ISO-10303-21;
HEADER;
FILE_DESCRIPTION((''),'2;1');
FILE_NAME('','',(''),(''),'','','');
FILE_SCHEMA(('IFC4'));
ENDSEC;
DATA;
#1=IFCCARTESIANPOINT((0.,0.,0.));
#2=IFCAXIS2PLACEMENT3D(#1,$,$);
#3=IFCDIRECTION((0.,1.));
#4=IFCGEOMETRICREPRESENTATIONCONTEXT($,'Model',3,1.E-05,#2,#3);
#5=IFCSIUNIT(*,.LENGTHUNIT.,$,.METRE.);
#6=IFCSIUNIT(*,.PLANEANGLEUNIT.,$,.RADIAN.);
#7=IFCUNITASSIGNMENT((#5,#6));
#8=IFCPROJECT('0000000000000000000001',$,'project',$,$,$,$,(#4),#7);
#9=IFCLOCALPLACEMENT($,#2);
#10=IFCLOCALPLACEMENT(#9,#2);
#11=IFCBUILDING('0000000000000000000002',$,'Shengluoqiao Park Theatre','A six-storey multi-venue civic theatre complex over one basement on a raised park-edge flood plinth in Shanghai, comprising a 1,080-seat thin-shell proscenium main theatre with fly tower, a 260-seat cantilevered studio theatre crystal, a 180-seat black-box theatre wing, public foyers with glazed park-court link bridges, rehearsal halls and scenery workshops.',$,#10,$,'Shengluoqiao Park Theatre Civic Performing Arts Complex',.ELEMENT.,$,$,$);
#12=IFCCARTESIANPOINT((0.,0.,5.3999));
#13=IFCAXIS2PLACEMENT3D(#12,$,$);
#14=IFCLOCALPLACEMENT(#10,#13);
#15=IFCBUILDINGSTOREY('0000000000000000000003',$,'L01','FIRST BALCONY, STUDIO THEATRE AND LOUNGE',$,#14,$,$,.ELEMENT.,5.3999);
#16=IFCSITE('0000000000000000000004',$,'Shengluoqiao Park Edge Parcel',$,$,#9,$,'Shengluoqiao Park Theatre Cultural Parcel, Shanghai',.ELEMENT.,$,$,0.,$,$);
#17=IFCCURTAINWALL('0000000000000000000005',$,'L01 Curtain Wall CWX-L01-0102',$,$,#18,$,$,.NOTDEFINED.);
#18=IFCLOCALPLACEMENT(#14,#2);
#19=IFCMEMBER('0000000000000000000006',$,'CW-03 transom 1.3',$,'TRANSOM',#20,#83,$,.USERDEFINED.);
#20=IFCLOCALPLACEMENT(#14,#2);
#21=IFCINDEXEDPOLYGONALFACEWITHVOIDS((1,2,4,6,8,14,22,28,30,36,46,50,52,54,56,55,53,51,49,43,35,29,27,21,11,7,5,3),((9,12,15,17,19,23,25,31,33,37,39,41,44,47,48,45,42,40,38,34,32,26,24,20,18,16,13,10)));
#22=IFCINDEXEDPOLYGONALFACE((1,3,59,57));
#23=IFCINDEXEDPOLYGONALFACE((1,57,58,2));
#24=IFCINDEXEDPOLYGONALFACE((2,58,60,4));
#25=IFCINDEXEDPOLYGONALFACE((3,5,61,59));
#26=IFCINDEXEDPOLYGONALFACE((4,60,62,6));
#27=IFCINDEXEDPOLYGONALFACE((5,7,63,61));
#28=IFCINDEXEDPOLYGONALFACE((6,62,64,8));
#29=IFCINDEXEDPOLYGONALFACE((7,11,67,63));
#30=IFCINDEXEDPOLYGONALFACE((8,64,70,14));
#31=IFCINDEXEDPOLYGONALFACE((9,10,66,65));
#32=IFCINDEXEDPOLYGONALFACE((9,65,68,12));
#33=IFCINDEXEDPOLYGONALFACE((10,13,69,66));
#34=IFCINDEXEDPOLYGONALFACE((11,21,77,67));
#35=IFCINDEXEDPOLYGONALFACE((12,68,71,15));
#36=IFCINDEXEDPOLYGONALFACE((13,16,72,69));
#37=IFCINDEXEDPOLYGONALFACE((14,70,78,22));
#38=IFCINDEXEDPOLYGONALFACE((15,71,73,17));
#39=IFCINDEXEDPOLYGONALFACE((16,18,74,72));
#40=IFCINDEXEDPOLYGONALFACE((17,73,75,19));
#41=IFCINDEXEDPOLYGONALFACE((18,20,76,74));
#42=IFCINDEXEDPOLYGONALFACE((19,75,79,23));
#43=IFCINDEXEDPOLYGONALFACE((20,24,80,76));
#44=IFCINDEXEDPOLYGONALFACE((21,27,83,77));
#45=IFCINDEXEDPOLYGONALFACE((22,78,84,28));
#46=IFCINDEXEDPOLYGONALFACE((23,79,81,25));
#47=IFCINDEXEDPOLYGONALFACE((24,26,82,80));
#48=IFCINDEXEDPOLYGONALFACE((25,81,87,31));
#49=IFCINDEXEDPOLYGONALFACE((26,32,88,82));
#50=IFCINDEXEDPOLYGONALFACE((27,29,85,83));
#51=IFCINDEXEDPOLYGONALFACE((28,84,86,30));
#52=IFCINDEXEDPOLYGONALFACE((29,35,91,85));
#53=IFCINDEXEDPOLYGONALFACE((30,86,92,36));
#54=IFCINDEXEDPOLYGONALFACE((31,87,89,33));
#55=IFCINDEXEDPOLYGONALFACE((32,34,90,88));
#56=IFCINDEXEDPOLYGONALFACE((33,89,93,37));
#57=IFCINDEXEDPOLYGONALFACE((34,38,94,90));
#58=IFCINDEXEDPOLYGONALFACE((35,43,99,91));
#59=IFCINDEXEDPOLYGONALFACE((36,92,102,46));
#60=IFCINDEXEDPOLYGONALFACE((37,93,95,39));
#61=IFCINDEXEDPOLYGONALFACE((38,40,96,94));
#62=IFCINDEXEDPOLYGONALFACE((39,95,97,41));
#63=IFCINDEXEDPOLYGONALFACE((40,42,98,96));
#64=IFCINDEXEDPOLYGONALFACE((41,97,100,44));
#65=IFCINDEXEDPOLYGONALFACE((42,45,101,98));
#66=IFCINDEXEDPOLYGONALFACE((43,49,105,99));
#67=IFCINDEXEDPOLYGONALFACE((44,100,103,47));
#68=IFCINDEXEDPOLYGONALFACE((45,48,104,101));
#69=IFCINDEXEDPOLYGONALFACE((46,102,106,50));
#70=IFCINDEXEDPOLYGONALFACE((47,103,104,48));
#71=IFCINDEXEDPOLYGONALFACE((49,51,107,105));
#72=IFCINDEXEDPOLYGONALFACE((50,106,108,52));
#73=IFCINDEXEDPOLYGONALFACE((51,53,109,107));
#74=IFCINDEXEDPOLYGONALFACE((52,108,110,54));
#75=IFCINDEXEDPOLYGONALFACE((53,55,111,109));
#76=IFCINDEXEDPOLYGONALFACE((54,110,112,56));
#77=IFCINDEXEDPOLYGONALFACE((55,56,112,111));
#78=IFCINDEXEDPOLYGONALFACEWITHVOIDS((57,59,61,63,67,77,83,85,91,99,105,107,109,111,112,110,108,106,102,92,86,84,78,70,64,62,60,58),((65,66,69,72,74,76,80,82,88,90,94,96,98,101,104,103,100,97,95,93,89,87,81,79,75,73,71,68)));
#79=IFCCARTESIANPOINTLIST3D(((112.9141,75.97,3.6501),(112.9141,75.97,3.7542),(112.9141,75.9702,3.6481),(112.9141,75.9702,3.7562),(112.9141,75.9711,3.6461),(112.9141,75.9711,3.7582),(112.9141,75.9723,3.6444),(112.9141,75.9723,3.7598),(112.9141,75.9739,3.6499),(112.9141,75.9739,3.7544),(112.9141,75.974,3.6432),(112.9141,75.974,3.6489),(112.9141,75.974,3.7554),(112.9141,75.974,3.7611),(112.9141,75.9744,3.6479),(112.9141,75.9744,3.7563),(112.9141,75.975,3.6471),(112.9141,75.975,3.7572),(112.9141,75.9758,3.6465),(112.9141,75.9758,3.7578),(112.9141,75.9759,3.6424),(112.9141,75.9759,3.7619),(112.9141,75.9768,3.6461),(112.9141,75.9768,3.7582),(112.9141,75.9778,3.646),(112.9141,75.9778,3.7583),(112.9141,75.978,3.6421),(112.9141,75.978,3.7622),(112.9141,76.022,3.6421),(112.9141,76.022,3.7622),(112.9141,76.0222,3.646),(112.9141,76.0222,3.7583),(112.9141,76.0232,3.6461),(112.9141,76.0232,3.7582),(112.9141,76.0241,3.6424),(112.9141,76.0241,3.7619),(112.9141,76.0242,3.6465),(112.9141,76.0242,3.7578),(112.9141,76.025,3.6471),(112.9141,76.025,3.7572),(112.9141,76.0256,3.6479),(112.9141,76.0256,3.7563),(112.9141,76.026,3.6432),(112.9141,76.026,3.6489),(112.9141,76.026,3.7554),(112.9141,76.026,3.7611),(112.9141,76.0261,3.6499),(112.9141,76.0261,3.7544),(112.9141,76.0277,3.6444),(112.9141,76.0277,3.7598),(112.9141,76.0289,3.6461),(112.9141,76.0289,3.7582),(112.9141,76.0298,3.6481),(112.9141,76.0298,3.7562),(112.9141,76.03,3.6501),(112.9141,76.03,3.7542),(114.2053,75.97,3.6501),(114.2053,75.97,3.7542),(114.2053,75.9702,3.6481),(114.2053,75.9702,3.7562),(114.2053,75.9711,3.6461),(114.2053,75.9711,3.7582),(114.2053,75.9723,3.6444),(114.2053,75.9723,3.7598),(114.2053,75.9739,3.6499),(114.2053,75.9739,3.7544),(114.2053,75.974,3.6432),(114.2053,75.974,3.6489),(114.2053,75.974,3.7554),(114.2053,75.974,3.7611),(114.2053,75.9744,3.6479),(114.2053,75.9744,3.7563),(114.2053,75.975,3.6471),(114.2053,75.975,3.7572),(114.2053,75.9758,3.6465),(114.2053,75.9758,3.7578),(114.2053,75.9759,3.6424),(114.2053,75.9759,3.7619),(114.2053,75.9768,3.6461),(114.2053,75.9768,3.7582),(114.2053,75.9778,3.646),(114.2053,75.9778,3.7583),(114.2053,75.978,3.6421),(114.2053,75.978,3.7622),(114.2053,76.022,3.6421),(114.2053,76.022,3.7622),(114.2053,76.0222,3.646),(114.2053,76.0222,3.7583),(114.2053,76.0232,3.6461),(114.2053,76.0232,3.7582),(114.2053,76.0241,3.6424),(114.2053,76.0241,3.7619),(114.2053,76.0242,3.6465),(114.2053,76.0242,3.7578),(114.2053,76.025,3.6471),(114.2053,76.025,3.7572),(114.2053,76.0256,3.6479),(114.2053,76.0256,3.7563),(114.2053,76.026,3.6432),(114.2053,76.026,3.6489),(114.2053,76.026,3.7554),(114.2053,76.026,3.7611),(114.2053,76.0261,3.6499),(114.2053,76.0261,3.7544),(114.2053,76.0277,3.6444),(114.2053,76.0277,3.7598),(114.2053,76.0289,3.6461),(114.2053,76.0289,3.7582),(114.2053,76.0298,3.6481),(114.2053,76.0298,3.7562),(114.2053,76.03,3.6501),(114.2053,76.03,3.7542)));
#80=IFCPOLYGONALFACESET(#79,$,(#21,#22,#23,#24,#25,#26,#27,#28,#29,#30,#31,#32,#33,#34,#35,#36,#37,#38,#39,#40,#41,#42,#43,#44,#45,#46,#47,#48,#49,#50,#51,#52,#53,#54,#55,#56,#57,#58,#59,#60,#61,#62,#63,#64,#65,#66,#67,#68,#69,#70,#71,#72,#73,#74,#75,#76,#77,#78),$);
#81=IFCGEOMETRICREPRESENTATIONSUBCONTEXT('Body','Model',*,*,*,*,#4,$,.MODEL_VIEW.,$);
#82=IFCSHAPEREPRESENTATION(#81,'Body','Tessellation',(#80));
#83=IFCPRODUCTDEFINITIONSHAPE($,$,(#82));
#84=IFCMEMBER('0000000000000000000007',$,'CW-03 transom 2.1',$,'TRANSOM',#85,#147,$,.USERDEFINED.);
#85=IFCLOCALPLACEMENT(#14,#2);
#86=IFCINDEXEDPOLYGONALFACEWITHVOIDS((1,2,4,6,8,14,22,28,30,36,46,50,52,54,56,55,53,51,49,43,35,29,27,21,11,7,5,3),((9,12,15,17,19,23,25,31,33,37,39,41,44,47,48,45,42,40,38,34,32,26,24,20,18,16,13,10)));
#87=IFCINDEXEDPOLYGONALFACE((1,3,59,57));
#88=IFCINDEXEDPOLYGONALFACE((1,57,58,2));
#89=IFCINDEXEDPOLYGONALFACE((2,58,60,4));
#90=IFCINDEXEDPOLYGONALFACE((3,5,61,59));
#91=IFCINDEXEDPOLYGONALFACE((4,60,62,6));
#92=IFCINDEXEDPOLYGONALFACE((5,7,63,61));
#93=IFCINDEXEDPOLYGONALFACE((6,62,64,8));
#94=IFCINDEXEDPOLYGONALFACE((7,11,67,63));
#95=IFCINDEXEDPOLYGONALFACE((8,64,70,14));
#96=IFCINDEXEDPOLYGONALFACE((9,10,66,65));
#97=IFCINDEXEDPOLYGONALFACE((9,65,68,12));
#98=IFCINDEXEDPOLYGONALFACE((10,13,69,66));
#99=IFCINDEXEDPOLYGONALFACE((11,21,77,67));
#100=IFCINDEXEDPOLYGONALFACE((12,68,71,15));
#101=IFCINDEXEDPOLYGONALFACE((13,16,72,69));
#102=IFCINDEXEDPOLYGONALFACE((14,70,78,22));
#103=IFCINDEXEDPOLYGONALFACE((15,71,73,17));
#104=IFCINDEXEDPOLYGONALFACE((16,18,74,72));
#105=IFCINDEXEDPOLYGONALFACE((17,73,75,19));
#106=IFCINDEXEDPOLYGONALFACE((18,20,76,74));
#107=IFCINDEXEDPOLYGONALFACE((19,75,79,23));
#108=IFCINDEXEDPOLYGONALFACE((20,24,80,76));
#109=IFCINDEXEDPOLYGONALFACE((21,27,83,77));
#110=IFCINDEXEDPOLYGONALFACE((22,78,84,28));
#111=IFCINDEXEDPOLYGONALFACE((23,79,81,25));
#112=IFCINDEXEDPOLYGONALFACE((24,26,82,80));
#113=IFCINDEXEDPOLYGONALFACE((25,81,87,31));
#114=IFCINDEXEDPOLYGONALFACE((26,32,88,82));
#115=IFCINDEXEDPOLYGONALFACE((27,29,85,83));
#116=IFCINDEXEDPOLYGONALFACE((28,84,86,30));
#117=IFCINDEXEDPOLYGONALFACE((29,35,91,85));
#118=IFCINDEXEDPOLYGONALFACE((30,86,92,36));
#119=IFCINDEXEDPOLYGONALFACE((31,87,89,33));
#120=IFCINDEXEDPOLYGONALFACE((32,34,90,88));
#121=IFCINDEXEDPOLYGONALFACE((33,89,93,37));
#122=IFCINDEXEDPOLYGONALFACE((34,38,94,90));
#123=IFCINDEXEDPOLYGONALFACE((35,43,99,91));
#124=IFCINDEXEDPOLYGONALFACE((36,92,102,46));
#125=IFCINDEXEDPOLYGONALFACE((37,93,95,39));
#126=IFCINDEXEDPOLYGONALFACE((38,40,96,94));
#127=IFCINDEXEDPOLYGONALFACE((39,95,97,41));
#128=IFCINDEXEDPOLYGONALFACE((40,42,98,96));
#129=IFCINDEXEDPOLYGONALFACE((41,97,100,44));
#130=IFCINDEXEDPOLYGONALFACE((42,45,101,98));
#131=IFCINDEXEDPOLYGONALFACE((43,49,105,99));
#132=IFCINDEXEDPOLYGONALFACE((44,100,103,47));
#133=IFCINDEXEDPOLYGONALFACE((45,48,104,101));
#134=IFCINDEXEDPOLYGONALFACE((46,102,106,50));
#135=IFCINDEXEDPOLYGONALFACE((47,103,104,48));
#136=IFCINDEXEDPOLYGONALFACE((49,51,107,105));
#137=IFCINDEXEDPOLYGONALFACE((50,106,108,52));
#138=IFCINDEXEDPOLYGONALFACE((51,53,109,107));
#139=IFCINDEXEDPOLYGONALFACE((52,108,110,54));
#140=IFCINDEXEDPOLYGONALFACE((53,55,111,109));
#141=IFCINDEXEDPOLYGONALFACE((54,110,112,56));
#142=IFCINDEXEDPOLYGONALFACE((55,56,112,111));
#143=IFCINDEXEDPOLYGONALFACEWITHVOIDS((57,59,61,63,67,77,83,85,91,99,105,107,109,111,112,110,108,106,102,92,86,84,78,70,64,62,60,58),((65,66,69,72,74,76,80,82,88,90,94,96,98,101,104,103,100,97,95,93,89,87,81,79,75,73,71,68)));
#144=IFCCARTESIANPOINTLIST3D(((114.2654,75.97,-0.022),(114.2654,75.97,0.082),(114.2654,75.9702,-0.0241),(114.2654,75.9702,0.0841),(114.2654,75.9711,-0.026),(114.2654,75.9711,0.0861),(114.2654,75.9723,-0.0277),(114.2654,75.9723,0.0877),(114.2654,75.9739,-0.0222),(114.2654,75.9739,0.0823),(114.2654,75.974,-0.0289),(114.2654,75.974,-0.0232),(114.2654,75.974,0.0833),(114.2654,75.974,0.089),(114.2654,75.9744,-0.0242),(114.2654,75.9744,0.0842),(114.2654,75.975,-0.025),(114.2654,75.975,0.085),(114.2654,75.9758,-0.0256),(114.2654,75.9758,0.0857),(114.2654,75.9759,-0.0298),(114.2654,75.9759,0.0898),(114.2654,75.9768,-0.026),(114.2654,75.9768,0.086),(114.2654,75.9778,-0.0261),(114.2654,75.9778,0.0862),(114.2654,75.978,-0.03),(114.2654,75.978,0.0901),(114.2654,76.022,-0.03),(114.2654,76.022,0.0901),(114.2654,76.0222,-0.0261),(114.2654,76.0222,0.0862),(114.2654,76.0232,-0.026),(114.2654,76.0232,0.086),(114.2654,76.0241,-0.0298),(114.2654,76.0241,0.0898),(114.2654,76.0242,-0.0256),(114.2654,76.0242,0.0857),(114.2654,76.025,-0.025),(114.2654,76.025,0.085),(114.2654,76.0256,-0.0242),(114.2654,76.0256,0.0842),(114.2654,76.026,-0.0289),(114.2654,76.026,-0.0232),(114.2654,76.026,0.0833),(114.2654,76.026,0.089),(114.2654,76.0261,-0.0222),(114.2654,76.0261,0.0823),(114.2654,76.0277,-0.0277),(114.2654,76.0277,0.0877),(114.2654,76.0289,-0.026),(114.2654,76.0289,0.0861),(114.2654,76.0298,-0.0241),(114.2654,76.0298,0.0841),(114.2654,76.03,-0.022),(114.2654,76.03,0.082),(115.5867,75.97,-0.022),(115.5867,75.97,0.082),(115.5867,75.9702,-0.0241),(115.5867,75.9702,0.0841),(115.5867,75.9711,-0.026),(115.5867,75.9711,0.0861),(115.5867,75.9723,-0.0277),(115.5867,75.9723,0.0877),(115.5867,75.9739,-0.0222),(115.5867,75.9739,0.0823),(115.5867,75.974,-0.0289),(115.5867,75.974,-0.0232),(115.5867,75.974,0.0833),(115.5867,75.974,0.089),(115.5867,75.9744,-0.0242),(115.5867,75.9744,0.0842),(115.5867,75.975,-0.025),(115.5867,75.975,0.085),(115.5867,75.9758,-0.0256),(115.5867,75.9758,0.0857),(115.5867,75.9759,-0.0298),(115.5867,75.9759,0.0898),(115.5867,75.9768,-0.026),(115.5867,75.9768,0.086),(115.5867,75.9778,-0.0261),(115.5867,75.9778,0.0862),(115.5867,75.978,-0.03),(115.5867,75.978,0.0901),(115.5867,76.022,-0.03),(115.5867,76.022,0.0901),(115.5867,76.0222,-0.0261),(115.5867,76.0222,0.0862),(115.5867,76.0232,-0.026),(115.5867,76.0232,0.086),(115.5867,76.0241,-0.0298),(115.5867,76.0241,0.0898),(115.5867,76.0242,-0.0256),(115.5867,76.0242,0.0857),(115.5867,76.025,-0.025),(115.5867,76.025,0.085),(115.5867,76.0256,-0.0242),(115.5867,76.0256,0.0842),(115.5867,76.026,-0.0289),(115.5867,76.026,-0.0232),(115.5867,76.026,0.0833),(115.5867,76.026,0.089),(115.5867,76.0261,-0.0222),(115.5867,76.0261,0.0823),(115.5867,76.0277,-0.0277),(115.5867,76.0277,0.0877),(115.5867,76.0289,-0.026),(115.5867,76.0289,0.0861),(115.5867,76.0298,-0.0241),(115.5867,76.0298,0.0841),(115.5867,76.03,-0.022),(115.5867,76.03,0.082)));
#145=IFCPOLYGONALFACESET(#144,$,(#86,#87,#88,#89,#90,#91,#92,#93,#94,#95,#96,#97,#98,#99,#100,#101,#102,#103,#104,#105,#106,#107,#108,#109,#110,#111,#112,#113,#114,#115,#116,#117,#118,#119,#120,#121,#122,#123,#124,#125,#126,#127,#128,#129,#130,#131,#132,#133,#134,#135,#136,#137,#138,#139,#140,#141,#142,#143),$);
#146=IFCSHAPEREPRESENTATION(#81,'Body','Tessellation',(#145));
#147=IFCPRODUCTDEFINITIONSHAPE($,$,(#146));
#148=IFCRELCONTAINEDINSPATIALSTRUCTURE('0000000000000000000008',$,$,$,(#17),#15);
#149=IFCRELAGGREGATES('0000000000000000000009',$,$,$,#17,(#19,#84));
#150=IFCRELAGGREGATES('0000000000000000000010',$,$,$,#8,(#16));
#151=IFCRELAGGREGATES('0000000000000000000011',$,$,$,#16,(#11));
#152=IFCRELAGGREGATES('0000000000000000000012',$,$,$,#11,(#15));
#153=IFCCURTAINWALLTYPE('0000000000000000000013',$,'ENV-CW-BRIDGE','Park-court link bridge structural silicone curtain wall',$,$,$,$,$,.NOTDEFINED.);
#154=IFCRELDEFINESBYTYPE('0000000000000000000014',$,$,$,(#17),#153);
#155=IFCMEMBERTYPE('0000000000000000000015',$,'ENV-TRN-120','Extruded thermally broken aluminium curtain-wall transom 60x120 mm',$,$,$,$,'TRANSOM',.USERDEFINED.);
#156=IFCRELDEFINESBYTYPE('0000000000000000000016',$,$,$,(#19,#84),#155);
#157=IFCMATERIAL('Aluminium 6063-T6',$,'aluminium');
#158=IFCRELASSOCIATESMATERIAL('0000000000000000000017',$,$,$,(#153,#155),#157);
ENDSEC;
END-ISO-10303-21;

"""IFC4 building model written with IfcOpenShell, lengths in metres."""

from ifc_helpers import new_model, si_unit, direction, frame, origin, origin_2d, place, context, subcontext, project, spatial, hollow_rectangle, extrude, material, material_profile, profile_set, type_object, element, aggregate, save


model = new_model("IFC4")

# Units and contexts
model_context = context("Model", 3, precision=1e-05, world=origin(), true_north=direction((0.0, 1.0)))
body_context = subcontext(model_context, "Body", "Model", "MODEL_VIEW")
ifc_project = project(units=[si_unit("LENGTHUNIT", "METRE"), si_unit("PLANEANGLEUNIT", "RADIAN")], contexts=[model_context])

# Site, building, storey
site_placement = place(None, origin())
site = spatial("IfcSite", under=ifc_project, at=site_placement, Name="Shengluoqiao Park Edge Parcel", LongName="Shengluoqiao Park Theatre Cultural Parcel, Shanghai", CompositionType="ELEMENT", RefElevation=0.0)
building_placement = place(site_placement, origin())
building = spatial("IfcBuilding", under=site, at=building_placement, Name="Shengluoqiao Park Theatre", Description="A six-storey multi-venue civic theatre complex over one basement on a raised park-edge flood plinth in Shanghai, comprising a 1,080-seat thin-shell proscenium main theatre with fly tower, a 260-seat cantilevered studio theatre crystal, a 180-seat black-box theatre wing, public foyers with glazed park-court link bridges, rehearsal halls and scenery workshops.", LongName="Shengluoqiao Park Theatre Civic Performing Arts Complex", CompositionType="ELEMENT")
storey_placement = place(building_placement, frame((0.0, 0.0, 5.3999)))
storey = spatial("IfcBuildingStorey", under=building, at=storey_placement, Name="L01", Description="FIRST BALCONY, STUDIO THEATRE AND LOUNGE", CompositionType="ELEMENT", Elevation=5.3999)

# Curtain wall, members
ifc_material_1 = material(Name="Aluminium 6063-T6", Category="aluminium")
curtain_wall_type = type_object("IfcCurtainWallType", Name="ENV-CW-BRIDGE", Description="Park-court link bridge structural silicone curtain wall", PredefinedType="NOTDEFINED", material=ifc_material_1)
curtain_wall_placement = place(storey_placement, origin())
curtain_wall = element("IfcCurtainWall", 1, at=curtain_wall_placement, inside=storey, type_object=curtain_wall_type, Name="L01 Curtain Wall CWX-L01-0102", PredefinedType="NOTDEFINED")
ifc_material_profile_1 = material_profile(ifc_material_1, hollow_rectangle(XDim=0.0601, YDim=0.1201, WallThickness=0.0039, InnerFilletRadius=0.0039, OuterFilletRadius=0.0081, at=origin_2d()), Name="ALU TRANSOM 120x60x4")
ifc_profile_set_1 = profile_set([ifc_material_profile_1], Name="Aluminium 6063-T6")
member_type_1 = type_object("IfcMemberType", Name="ENV-TRN-120", Description="Extruded thermally broken aluminium curtain-wall transom 60x120 mm", ElementType="TRANSOM", PredefinedType="USERDEFINED", material=ifc_profile_set_1)
member_1_placement = place(storey_placement, frame((112.9141, 76.0, 3.7021), z_axis=(1.0, 0.0, 0.0), x_axis=(0.0, 1.0, 0.0)))
member_1 = element("IfcMember", 2, at=member_1_placement, type_object=member_type_1, Name="CW-03 transom 1.3", ObjectType="TRANSOM", PredefinedType="USERDEFINED", context=body_context, shape_type="SweptSolid", body=[
    extrude(hollow_rectangle(XDim=0.0601, YDim=0.1201, WallThickness=0.0039, InnerFilletRadius=0.0039, OuterFilletRadius=0.0081, at=origin_2d()), origin(), (0.0, 0.0, 1.0), 1.2913),
])
member_2_placement = place(storey_placement, frame((114.2654, 76.0, 0.03), z_axis=(1.0, 0.0, 0.0), x_axis=(0.0, 1.0, 0.0)))
member_2 = element("IfcMember", 3, at=member_2_placement, type_object=member_type_1, Name="CW-03 transom 2.1", ObjectType="TRANSOM", PredefinedType="USERDEFINED", context=body_context, shape_type="SweptSolid", body=[
    extrude(hollow_rectangle(XDim=0.0601, YDim=0.1201, WallThickness=0.0039, InnerFilletRadius=0.0039, OuterFilletRadius=0.0081, at=origin_2d()), origin(), (0.0, 0.0, 1.0), 1.3213),
])

aggregate(curtain_wall, [member_1, member_2])

save(model, "model.ifc")
